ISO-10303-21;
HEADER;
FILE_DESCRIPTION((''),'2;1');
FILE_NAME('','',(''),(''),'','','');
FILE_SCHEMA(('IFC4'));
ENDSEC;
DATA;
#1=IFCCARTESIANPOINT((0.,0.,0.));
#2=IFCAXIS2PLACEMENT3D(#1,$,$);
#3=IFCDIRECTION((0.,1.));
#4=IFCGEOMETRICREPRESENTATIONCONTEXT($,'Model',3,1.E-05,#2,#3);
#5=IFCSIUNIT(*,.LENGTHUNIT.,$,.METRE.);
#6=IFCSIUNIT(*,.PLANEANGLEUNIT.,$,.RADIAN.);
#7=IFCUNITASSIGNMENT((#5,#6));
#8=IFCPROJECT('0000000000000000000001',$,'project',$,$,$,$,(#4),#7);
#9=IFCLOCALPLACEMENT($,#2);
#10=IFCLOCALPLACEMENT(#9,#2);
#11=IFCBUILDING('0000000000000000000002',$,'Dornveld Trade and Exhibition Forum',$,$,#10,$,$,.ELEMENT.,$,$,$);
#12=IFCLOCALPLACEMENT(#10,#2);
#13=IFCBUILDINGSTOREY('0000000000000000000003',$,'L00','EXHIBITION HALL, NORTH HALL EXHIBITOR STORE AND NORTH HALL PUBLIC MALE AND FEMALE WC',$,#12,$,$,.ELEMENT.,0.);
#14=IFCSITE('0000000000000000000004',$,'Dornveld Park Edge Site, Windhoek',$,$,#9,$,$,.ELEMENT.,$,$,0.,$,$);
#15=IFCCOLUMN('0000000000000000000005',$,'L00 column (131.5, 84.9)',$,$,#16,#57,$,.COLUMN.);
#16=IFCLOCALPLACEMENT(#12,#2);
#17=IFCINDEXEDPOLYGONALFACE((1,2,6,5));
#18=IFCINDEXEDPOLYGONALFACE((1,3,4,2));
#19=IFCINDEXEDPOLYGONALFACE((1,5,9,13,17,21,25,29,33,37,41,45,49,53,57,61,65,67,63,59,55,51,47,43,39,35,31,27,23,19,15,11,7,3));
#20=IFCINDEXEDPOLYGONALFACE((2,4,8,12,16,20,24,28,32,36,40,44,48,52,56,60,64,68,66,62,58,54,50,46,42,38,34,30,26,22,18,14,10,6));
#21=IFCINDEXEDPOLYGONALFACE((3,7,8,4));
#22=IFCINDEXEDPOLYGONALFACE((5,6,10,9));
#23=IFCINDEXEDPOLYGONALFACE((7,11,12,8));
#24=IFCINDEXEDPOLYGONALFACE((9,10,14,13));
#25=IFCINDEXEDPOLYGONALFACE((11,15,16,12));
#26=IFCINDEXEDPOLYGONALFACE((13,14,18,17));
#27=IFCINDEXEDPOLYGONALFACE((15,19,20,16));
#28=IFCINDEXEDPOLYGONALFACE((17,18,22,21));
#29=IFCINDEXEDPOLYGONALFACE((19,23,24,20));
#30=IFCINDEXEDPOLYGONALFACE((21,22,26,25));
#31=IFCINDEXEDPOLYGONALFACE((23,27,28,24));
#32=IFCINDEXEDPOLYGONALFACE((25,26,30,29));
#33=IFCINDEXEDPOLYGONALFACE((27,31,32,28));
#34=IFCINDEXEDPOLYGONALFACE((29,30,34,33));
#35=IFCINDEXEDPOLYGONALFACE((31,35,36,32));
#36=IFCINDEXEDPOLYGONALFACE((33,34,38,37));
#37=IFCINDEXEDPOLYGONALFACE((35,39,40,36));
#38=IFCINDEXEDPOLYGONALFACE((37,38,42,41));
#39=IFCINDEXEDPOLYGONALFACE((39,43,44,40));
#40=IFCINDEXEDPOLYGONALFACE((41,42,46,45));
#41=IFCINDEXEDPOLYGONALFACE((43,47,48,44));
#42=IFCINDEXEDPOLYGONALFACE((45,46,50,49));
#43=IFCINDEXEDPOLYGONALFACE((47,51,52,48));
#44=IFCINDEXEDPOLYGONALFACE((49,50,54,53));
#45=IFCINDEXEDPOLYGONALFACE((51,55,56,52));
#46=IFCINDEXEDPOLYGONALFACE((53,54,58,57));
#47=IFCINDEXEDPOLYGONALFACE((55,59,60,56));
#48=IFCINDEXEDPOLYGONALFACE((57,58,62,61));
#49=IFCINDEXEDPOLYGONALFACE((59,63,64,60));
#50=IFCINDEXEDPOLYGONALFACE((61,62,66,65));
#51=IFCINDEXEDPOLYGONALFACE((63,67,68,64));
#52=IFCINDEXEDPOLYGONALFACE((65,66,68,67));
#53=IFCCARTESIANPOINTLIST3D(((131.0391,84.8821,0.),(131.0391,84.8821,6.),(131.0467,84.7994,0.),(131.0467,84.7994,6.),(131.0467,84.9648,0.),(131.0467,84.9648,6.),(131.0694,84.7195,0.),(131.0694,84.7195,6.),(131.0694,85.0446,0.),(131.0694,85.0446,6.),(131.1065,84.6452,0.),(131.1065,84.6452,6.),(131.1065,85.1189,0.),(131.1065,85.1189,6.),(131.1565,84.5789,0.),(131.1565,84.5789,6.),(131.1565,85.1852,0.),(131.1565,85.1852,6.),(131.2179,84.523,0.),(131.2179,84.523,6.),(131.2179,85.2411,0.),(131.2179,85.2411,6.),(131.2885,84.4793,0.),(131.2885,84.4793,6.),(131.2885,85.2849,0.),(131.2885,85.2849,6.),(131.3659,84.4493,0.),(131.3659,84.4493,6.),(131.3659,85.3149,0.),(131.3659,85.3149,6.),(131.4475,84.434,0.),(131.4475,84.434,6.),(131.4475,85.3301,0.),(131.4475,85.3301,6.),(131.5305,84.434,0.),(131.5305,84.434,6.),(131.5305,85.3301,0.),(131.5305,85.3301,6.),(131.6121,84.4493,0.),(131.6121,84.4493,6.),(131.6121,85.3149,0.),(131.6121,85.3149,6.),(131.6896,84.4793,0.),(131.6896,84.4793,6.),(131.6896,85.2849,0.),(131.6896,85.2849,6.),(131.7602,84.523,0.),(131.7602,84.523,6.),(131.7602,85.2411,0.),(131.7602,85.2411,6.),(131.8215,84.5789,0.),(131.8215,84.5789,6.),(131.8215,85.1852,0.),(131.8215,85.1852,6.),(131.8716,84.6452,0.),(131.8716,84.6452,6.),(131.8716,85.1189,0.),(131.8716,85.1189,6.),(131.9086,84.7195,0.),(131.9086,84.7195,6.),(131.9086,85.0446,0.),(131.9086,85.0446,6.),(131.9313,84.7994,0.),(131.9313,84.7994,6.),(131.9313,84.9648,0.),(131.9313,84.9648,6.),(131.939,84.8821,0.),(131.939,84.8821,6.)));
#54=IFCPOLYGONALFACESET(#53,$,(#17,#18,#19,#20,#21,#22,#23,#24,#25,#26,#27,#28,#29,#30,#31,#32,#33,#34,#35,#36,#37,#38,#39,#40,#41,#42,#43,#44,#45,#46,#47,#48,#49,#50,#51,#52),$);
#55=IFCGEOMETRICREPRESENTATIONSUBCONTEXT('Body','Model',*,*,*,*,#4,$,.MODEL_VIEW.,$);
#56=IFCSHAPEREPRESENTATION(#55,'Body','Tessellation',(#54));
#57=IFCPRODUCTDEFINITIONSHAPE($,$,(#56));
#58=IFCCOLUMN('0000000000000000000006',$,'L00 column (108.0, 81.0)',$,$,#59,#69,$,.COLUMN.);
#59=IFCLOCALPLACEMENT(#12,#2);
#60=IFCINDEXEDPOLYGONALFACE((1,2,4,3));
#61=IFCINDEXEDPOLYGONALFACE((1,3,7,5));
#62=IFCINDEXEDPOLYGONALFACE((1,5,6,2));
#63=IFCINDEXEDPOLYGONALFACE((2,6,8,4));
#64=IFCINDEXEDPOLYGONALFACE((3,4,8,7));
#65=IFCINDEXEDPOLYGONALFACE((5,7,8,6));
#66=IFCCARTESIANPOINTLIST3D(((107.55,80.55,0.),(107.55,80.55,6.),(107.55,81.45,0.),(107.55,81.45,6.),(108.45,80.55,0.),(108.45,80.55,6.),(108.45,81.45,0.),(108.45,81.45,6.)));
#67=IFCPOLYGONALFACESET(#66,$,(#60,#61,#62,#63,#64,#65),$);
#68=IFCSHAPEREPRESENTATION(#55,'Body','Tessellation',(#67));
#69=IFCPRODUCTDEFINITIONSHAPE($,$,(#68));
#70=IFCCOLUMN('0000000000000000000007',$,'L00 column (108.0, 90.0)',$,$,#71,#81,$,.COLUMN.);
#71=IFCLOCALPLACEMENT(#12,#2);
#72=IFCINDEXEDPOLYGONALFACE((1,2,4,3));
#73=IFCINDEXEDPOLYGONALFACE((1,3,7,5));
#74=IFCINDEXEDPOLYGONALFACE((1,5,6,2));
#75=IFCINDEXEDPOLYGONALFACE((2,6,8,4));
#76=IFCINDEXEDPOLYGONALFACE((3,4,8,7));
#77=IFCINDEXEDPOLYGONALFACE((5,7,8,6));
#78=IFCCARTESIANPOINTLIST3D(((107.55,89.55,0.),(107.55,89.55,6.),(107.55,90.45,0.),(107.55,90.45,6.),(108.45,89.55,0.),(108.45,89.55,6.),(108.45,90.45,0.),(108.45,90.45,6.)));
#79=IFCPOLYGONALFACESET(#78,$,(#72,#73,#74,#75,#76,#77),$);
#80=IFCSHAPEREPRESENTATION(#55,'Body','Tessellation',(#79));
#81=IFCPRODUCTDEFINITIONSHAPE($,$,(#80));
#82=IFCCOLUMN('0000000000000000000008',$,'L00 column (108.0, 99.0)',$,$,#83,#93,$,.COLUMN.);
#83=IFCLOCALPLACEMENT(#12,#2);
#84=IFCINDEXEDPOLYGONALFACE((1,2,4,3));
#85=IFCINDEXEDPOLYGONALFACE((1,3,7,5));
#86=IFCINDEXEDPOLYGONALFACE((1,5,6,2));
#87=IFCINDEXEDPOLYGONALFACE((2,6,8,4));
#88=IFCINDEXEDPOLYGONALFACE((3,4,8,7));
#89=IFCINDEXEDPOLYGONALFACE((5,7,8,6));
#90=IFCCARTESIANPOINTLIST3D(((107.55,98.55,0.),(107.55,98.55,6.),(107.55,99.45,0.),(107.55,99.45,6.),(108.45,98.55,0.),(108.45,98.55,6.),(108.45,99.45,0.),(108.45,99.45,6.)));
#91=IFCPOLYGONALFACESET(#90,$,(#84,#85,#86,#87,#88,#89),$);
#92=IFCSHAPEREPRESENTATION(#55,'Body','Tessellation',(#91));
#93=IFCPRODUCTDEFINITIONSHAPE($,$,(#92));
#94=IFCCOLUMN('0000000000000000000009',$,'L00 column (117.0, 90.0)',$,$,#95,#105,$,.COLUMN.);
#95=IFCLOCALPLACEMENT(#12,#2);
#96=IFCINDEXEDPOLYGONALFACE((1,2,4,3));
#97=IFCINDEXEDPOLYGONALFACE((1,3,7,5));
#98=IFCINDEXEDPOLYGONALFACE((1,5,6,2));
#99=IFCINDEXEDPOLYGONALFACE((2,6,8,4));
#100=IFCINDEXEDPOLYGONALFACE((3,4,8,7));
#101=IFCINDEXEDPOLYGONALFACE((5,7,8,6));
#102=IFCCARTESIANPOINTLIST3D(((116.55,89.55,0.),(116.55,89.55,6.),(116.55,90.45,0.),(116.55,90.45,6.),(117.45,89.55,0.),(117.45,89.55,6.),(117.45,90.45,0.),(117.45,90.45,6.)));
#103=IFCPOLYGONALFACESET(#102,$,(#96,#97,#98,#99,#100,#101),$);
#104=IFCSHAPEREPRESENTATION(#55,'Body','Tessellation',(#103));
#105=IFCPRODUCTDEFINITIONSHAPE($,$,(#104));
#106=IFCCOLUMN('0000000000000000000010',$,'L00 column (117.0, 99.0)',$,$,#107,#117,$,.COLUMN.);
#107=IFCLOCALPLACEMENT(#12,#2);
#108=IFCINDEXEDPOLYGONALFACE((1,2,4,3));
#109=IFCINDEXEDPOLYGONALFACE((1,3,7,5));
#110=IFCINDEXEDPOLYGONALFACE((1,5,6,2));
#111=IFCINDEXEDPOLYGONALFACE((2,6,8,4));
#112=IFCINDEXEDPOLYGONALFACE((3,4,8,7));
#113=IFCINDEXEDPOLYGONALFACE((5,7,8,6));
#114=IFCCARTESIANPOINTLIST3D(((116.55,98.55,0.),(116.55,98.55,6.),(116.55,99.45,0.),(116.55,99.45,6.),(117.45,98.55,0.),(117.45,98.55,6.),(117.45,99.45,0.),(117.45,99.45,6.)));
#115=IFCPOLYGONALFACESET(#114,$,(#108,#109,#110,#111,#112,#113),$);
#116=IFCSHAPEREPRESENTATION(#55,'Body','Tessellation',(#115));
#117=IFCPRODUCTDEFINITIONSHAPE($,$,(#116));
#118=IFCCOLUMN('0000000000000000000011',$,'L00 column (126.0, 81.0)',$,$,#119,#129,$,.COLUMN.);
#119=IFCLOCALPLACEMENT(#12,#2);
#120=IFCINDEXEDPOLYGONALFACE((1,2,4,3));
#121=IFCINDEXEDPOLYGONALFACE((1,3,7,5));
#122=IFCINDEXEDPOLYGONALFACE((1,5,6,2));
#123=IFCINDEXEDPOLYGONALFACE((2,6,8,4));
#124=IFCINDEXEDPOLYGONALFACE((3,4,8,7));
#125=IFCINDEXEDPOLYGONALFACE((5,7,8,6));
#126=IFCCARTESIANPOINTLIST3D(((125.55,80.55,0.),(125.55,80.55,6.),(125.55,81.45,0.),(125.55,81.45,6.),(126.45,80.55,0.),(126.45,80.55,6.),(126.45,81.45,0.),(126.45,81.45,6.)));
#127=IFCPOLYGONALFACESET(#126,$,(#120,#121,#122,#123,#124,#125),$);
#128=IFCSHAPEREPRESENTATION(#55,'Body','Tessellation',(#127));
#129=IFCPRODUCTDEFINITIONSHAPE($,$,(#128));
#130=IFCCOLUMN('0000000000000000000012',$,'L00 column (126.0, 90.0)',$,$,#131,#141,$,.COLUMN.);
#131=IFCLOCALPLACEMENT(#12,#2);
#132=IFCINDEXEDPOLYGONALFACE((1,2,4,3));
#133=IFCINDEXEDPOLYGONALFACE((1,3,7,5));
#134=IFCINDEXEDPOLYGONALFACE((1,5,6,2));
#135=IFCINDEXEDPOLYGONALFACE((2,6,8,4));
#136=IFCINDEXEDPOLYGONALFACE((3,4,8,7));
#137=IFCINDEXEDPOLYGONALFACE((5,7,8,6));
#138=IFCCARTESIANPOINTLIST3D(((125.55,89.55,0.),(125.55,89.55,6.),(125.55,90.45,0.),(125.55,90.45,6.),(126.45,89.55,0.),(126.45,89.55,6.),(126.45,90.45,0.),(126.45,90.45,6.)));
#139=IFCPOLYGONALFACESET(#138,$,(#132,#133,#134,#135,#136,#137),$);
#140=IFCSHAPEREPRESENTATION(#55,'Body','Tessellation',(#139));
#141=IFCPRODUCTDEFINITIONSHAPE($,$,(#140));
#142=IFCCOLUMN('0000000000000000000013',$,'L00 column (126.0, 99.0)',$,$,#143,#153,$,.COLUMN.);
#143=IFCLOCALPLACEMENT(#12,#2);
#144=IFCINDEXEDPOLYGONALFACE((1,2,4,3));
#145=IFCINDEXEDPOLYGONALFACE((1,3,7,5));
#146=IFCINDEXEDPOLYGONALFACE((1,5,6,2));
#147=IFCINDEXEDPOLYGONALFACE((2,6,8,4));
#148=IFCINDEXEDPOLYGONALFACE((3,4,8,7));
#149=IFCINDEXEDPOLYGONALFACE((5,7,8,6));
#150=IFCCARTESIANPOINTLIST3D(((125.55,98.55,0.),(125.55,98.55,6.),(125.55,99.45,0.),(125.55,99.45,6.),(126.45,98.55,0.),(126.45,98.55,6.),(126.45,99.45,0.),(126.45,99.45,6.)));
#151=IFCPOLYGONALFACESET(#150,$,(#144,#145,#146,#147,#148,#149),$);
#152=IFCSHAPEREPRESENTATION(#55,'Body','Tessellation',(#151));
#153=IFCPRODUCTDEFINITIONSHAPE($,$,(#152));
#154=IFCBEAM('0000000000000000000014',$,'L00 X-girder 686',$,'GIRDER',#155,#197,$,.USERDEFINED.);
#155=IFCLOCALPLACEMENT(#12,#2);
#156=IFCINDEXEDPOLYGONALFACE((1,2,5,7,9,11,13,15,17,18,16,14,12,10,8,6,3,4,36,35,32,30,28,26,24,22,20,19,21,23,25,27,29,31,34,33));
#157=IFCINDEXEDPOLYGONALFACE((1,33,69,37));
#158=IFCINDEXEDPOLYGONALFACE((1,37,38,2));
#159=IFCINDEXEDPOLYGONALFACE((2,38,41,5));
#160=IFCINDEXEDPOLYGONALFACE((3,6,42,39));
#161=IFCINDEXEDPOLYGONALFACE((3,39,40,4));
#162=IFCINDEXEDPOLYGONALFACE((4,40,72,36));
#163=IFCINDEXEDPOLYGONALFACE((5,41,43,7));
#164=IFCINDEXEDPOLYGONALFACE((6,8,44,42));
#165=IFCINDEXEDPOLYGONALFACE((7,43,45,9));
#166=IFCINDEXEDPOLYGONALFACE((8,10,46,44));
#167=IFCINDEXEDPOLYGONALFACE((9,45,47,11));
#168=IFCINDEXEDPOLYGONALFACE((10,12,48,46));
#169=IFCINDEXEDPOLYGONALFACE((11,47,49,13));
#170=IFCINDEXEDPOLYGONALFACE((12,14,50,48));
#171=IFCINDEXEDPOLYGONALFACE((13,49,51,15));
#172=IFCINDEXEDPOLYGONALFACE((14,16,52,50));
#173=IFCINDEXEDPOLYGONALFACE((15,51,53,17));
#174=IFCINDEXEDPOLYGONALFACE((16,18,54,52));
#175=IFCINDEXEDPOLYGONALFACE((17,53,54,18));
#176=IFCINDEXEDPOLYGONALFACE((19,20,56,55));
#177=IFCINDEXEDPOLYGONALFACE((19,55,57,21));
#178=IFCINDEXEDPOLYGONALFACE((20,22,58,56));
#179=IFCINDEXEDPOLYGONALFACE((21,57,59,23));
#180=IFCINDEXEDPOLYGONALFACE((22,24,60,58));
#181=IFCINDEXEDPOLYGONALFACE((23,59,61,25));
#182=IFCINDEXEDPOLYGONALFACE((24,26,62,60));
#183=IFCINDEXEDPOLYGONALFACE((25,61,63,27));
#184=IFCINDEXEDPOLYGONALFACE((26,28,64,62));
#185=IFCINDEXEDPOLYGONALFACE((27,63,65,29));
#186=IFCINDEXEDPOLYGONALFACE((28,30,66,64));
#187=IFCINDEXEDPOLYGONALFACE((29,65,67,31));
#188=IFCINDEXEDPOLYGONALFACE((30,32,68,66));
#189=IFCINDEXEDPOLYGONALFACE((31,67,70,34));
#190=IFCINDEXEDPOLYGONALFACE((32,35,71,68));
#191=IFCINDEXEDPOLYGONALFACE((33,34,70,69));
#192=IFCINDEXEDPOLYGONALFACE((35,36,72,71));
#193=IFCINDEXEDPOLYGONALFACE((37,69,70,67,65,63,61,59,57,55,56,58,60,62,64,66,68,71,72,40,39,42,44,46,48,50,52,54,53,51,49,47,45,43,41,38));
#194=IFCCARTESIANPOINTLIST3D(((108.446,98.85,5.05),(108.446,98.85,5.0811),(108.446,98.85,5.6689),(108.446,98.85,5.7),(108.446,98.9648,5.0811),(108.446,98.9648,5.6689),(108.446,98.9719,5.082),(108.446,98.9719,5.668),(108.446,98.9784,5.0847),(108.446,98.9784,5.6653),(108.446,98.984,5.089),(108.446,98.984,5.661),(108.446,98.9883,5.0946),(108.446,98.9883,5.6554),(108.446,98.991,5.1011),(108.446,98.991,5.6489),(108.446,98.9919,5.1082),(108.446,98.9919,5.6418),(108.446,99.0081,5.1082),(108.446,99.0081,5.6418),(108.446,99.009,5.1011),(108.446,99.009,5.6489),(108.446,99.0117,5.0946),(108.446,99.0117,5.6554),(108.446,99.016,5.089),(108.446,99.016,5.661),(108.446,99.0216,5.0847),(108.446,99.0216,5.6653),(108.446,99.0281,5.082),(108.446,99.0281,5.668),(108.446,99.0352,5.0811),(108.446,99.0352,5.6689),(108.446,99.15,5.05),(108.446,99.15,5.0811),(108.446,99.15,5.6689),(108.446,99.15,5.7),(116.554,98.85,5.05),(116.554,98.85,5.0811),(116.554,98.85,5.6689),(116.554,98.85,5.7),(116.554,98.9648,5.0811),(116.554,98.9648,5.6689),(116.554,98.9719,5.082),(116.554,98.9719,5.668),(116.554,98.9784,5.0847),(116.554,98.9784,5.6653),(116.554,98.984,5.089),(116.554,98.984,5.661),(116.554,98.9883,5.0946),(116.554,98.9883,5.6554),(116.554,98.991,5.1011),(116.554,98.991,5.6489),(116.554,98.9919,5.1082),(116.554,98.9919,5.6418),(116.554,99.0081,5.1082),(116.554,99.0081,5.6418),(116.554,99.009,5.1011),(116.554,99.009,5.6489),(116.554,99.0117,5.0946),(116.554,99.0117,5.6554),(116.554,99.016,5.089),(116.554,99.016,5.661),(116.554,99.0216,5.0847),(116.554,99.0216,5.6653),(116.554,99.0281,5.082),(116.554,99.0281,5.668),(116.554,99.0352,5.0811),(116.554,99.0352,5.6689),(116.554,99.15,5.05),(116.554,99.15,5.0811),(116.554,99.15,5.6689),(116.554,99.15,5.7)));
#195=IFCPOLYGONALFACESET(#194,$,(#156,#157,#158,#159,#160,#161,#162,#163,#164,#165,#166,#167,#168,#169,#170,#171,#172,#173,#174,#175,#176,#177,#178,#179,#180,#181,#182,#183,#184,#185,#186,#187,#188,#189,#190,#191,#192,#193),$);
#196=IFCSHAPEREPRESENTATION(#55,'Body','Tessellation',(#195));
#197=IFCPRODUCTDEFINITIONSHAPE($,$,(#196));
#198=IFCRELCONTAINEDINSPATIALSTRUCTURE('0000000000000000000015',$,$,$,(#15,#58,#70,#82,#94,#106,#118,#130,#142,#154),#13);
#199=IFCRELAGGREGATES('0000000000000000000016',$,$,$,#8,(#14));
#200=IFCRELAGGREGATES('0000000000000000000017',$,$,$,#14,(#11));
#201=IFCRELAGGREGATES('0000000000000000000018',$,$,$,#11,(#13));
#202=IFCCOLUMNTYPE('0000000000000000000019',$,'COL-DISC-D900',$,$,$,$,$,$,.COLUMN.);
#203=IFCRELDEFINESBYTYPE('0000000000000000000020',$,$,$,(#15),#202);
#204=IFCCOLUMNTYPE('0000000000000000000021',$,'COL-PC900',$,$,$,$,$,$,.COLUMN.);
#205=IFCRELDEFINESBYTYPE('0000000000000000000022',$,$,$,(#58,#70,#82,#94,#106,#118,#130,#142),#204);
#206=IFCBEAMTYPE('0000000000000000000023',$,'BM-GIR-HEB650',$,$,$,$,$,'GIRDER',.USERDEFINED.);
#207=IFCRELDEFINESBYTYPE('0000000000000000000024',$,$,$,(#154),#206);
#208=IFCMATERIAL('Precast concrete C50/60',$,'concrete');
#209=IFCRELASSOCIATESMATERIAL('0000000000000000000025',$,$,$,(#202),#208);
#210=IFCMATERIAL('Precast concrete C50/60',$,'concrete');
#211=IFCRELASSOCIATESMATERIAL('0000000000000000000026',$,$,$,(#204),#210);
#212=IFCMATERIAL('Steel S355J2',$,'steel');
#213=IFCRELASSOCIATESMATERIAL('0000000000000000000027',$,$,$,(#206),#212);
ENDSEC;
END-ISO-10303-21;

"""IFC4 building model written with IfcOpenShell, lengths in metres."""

from ifc_helpers import new_model, si_unit, direction, frame, origin, origin_2d, place, context, subcontext, project, spatial, rectangle, circle, i_section, extrude, material, material_profile, profile_set, type_object, element, save


model = new_model("IFC4")

# Units and contexts
model_context = context("Model", 3, precision=1e-05, world=origin(), true_north=direction((0.0, 1.0)))
body_context = subcontext(model_context, "Body", "Model", "MODEL_VIEW")
ifc_project = project(units=[si_unit("LENGTHUNIT", "METRE"), si_unit("PLANEANGLEUNIT", "RADIAN")], contexts=[model_context])

# Site, building, storey
site_placement = place(None, origin())
site = spatial("IfcSite", under=ifc_project, at=site_placement, Name="Dornveld Park Edge Site, Windhoek", CompositionType="ELEMENT", RefElevation=0.0)
building_placement = place(site_placement, origin())
building = spatial("IfcBuilding", under=site, at=building_placement, Name="Dornveld Trade and Exhibition Forum", CompositionType="ELEMENT")
storey_placement = place(building_placement, origin())
storey = spatial("IfcBuildingStorey", under=building, at=storey_placement, Name="L00", Description="EXHIBITION HALL, NORTH HALL EXHIBITOR STORE AND NORTH HALL PUBLIC MALE AND FEMALE WC", CompositionType="ELEMENT", Elevation=0.0)

# Columns
ifc_material_1 = material(Name="Precast concrete C50/60", Category="concrete")
ifc_material_profile_1 = material_profile(ifc_material_1, circle(Radius=0.45, at=origin_2d()), Name="PC-COL D900")
ifc_profile_set_1 = profile_set([ifc_material_profile_1], Name="Precast concrete C50/60")
column_type_1 = type_object("IfcColumnType", Name="COL-DISC-D900", PredefinedType="COLUMN", material=ifc_profile_set_1)
for number, where, z_axis, x_axis, name in (
    (1, (131.489, 84.8821, 0.0), (0.0, 0.0, 1.0), (1.0, 0.0, 0.0), "L00 column (131.5, 84.9)"),
):
    element("IfcColumn", number, at=place(storey_placement, frame(where, z_axis=z_axis, x_axis=x_axis)), inside=storey, type_object=column_type_1, Name=name, PredefinedType="COLUMN", context=body_context, shape_type="SweptSolid", body=[
        extrude(circle(Radius=0.45, at=origin_2d()), origin(), (0.0, 0.0, 1.0), 6.0),
    ])
ifc_material_2 = material(Name="Precast concrete C50/60", Category="concrete")
ifc_material_profile_2 = material_profile(ifc_material_2, rectangle(XDim=0.8999, YDim=0.8999, at=origin_2d()), Name="PC-COL 900x900")
ifc_profile_set_2 = profile_set([ifc_material_profile_2], Name="Precast concrete C50/60")
column_type_2 = type_object("IfcColumnType", Name="COL-PC900", PredefinedType="COLUMN", material=ifc_profile_set_2)
for number, where, z_axis, x_axis, name in (
    (2, (108.0, 81.0, 0.0), (0.0, 0.0, 1.0), (1.0, 0.0, 0.0), "L00 column (108.0, 81.0)"),
    (3, (108.0, 90.0, 0.0), (0.0, 0.0, 1.0), (1.0, 0.0, 0.0), "L00 column (108.0, 90.0)"),
    (4, (108.0, 99.0, 0.0), (0.0, 0.0, 1.0), (1.0, 0.0, 0.0), "L00 column (108.0, 99.0)"),
    (5, (117.0, 90.0, 0.0), (0.0, 0.0, 1.0), (1.0, 0.0, 0.0), "L00 column (117.0, 90.0)"),
    (6, (117.0, 99.0, 0.0), (0.0, 0.0, 1.0), (1.0, 0.0, 0.0), "L00 column (117.0, 99.0)"),
    (7, (126.0, 81.0, 0.0), (0.0, 0.0, 1.0), (1.0, 0.0, 0.0), "L00 column (126.0, 81.0)"),
    (8, (126.0, 90.0, 0.0), (0.0, 0.0, 1.0), (1.0, 0.0, 0.0), "L00 column (126.0, 90.0)"),
    (9, (126.0, 99.0, 0.0), (0.0, 0.0, 1.0), (1.0, 0.0, 0.0), "L00 column (126.0, 99.0)"),
):
    element("IfcColumn", number, at=place(storey_placement, frame(where, z_axis=z_axis, x_axis=x_axis)), inside=storey, type_object=column_type_2, Name=name, PredefinedType="COLUMN", context=body_context, shape_type="SweptSolid", body=[
        extrude(rectangle(XDim=0.8999, YDim=0.8999, at=origin_2d()), origin(), (0.0, 0.0, 1.0), 6.0),
    ])

# Beam
ifc_material_3 = material(Name="Steel S355J2", Category="steel")
ifc_material_profile_3 = material_profile(ifc_material_3, i_section(OverallWidth=0.3, OverallDepth=0.6499, WebThickness=0.0161, FlangeThickness=0.031, FilletRadius=0.0271, at=origin_2d()), Name="HEB 650")
ifc_profile_set_3 = profile_set([ifc_material_profile_3], Name="Steel S355J2")
beam_type = type_object("IfcBeamType", Name="BM-GIR-HEB650", ElementType="GIRDER", PredefinedType="USERDEFINED", material=ifc_profile_set_3)
for number, where, z_axis, x_axis, name in (
    (10, (108.446, 99.0, 5.375), (1.0, 0.0, 0.0), (0.0, 1.0, 0.0), "L00 X-girder 686"),
):
    element("IfcBeam", number, at=place(storey_placement, frame(where, z_axis=z_axis, x_axis=x_axis)), inside=storey, type_object=beam_type, Name=name, ObjectType="GIRDER", PredefinedType="USERDEFINED", context=body_context, shape_type="SweptSolid", body=[
        extrude(i_section(OverallWidth=0.3, OverallDepth=0.6499, WebThickness=0.0161, FlangeThickness=0.031, FilletRadius=0.0271, at=origin_2d()), origin(), (0.0, 0.0, 1.0), 8.1079),
    ])

save(model, "model.ifc")
